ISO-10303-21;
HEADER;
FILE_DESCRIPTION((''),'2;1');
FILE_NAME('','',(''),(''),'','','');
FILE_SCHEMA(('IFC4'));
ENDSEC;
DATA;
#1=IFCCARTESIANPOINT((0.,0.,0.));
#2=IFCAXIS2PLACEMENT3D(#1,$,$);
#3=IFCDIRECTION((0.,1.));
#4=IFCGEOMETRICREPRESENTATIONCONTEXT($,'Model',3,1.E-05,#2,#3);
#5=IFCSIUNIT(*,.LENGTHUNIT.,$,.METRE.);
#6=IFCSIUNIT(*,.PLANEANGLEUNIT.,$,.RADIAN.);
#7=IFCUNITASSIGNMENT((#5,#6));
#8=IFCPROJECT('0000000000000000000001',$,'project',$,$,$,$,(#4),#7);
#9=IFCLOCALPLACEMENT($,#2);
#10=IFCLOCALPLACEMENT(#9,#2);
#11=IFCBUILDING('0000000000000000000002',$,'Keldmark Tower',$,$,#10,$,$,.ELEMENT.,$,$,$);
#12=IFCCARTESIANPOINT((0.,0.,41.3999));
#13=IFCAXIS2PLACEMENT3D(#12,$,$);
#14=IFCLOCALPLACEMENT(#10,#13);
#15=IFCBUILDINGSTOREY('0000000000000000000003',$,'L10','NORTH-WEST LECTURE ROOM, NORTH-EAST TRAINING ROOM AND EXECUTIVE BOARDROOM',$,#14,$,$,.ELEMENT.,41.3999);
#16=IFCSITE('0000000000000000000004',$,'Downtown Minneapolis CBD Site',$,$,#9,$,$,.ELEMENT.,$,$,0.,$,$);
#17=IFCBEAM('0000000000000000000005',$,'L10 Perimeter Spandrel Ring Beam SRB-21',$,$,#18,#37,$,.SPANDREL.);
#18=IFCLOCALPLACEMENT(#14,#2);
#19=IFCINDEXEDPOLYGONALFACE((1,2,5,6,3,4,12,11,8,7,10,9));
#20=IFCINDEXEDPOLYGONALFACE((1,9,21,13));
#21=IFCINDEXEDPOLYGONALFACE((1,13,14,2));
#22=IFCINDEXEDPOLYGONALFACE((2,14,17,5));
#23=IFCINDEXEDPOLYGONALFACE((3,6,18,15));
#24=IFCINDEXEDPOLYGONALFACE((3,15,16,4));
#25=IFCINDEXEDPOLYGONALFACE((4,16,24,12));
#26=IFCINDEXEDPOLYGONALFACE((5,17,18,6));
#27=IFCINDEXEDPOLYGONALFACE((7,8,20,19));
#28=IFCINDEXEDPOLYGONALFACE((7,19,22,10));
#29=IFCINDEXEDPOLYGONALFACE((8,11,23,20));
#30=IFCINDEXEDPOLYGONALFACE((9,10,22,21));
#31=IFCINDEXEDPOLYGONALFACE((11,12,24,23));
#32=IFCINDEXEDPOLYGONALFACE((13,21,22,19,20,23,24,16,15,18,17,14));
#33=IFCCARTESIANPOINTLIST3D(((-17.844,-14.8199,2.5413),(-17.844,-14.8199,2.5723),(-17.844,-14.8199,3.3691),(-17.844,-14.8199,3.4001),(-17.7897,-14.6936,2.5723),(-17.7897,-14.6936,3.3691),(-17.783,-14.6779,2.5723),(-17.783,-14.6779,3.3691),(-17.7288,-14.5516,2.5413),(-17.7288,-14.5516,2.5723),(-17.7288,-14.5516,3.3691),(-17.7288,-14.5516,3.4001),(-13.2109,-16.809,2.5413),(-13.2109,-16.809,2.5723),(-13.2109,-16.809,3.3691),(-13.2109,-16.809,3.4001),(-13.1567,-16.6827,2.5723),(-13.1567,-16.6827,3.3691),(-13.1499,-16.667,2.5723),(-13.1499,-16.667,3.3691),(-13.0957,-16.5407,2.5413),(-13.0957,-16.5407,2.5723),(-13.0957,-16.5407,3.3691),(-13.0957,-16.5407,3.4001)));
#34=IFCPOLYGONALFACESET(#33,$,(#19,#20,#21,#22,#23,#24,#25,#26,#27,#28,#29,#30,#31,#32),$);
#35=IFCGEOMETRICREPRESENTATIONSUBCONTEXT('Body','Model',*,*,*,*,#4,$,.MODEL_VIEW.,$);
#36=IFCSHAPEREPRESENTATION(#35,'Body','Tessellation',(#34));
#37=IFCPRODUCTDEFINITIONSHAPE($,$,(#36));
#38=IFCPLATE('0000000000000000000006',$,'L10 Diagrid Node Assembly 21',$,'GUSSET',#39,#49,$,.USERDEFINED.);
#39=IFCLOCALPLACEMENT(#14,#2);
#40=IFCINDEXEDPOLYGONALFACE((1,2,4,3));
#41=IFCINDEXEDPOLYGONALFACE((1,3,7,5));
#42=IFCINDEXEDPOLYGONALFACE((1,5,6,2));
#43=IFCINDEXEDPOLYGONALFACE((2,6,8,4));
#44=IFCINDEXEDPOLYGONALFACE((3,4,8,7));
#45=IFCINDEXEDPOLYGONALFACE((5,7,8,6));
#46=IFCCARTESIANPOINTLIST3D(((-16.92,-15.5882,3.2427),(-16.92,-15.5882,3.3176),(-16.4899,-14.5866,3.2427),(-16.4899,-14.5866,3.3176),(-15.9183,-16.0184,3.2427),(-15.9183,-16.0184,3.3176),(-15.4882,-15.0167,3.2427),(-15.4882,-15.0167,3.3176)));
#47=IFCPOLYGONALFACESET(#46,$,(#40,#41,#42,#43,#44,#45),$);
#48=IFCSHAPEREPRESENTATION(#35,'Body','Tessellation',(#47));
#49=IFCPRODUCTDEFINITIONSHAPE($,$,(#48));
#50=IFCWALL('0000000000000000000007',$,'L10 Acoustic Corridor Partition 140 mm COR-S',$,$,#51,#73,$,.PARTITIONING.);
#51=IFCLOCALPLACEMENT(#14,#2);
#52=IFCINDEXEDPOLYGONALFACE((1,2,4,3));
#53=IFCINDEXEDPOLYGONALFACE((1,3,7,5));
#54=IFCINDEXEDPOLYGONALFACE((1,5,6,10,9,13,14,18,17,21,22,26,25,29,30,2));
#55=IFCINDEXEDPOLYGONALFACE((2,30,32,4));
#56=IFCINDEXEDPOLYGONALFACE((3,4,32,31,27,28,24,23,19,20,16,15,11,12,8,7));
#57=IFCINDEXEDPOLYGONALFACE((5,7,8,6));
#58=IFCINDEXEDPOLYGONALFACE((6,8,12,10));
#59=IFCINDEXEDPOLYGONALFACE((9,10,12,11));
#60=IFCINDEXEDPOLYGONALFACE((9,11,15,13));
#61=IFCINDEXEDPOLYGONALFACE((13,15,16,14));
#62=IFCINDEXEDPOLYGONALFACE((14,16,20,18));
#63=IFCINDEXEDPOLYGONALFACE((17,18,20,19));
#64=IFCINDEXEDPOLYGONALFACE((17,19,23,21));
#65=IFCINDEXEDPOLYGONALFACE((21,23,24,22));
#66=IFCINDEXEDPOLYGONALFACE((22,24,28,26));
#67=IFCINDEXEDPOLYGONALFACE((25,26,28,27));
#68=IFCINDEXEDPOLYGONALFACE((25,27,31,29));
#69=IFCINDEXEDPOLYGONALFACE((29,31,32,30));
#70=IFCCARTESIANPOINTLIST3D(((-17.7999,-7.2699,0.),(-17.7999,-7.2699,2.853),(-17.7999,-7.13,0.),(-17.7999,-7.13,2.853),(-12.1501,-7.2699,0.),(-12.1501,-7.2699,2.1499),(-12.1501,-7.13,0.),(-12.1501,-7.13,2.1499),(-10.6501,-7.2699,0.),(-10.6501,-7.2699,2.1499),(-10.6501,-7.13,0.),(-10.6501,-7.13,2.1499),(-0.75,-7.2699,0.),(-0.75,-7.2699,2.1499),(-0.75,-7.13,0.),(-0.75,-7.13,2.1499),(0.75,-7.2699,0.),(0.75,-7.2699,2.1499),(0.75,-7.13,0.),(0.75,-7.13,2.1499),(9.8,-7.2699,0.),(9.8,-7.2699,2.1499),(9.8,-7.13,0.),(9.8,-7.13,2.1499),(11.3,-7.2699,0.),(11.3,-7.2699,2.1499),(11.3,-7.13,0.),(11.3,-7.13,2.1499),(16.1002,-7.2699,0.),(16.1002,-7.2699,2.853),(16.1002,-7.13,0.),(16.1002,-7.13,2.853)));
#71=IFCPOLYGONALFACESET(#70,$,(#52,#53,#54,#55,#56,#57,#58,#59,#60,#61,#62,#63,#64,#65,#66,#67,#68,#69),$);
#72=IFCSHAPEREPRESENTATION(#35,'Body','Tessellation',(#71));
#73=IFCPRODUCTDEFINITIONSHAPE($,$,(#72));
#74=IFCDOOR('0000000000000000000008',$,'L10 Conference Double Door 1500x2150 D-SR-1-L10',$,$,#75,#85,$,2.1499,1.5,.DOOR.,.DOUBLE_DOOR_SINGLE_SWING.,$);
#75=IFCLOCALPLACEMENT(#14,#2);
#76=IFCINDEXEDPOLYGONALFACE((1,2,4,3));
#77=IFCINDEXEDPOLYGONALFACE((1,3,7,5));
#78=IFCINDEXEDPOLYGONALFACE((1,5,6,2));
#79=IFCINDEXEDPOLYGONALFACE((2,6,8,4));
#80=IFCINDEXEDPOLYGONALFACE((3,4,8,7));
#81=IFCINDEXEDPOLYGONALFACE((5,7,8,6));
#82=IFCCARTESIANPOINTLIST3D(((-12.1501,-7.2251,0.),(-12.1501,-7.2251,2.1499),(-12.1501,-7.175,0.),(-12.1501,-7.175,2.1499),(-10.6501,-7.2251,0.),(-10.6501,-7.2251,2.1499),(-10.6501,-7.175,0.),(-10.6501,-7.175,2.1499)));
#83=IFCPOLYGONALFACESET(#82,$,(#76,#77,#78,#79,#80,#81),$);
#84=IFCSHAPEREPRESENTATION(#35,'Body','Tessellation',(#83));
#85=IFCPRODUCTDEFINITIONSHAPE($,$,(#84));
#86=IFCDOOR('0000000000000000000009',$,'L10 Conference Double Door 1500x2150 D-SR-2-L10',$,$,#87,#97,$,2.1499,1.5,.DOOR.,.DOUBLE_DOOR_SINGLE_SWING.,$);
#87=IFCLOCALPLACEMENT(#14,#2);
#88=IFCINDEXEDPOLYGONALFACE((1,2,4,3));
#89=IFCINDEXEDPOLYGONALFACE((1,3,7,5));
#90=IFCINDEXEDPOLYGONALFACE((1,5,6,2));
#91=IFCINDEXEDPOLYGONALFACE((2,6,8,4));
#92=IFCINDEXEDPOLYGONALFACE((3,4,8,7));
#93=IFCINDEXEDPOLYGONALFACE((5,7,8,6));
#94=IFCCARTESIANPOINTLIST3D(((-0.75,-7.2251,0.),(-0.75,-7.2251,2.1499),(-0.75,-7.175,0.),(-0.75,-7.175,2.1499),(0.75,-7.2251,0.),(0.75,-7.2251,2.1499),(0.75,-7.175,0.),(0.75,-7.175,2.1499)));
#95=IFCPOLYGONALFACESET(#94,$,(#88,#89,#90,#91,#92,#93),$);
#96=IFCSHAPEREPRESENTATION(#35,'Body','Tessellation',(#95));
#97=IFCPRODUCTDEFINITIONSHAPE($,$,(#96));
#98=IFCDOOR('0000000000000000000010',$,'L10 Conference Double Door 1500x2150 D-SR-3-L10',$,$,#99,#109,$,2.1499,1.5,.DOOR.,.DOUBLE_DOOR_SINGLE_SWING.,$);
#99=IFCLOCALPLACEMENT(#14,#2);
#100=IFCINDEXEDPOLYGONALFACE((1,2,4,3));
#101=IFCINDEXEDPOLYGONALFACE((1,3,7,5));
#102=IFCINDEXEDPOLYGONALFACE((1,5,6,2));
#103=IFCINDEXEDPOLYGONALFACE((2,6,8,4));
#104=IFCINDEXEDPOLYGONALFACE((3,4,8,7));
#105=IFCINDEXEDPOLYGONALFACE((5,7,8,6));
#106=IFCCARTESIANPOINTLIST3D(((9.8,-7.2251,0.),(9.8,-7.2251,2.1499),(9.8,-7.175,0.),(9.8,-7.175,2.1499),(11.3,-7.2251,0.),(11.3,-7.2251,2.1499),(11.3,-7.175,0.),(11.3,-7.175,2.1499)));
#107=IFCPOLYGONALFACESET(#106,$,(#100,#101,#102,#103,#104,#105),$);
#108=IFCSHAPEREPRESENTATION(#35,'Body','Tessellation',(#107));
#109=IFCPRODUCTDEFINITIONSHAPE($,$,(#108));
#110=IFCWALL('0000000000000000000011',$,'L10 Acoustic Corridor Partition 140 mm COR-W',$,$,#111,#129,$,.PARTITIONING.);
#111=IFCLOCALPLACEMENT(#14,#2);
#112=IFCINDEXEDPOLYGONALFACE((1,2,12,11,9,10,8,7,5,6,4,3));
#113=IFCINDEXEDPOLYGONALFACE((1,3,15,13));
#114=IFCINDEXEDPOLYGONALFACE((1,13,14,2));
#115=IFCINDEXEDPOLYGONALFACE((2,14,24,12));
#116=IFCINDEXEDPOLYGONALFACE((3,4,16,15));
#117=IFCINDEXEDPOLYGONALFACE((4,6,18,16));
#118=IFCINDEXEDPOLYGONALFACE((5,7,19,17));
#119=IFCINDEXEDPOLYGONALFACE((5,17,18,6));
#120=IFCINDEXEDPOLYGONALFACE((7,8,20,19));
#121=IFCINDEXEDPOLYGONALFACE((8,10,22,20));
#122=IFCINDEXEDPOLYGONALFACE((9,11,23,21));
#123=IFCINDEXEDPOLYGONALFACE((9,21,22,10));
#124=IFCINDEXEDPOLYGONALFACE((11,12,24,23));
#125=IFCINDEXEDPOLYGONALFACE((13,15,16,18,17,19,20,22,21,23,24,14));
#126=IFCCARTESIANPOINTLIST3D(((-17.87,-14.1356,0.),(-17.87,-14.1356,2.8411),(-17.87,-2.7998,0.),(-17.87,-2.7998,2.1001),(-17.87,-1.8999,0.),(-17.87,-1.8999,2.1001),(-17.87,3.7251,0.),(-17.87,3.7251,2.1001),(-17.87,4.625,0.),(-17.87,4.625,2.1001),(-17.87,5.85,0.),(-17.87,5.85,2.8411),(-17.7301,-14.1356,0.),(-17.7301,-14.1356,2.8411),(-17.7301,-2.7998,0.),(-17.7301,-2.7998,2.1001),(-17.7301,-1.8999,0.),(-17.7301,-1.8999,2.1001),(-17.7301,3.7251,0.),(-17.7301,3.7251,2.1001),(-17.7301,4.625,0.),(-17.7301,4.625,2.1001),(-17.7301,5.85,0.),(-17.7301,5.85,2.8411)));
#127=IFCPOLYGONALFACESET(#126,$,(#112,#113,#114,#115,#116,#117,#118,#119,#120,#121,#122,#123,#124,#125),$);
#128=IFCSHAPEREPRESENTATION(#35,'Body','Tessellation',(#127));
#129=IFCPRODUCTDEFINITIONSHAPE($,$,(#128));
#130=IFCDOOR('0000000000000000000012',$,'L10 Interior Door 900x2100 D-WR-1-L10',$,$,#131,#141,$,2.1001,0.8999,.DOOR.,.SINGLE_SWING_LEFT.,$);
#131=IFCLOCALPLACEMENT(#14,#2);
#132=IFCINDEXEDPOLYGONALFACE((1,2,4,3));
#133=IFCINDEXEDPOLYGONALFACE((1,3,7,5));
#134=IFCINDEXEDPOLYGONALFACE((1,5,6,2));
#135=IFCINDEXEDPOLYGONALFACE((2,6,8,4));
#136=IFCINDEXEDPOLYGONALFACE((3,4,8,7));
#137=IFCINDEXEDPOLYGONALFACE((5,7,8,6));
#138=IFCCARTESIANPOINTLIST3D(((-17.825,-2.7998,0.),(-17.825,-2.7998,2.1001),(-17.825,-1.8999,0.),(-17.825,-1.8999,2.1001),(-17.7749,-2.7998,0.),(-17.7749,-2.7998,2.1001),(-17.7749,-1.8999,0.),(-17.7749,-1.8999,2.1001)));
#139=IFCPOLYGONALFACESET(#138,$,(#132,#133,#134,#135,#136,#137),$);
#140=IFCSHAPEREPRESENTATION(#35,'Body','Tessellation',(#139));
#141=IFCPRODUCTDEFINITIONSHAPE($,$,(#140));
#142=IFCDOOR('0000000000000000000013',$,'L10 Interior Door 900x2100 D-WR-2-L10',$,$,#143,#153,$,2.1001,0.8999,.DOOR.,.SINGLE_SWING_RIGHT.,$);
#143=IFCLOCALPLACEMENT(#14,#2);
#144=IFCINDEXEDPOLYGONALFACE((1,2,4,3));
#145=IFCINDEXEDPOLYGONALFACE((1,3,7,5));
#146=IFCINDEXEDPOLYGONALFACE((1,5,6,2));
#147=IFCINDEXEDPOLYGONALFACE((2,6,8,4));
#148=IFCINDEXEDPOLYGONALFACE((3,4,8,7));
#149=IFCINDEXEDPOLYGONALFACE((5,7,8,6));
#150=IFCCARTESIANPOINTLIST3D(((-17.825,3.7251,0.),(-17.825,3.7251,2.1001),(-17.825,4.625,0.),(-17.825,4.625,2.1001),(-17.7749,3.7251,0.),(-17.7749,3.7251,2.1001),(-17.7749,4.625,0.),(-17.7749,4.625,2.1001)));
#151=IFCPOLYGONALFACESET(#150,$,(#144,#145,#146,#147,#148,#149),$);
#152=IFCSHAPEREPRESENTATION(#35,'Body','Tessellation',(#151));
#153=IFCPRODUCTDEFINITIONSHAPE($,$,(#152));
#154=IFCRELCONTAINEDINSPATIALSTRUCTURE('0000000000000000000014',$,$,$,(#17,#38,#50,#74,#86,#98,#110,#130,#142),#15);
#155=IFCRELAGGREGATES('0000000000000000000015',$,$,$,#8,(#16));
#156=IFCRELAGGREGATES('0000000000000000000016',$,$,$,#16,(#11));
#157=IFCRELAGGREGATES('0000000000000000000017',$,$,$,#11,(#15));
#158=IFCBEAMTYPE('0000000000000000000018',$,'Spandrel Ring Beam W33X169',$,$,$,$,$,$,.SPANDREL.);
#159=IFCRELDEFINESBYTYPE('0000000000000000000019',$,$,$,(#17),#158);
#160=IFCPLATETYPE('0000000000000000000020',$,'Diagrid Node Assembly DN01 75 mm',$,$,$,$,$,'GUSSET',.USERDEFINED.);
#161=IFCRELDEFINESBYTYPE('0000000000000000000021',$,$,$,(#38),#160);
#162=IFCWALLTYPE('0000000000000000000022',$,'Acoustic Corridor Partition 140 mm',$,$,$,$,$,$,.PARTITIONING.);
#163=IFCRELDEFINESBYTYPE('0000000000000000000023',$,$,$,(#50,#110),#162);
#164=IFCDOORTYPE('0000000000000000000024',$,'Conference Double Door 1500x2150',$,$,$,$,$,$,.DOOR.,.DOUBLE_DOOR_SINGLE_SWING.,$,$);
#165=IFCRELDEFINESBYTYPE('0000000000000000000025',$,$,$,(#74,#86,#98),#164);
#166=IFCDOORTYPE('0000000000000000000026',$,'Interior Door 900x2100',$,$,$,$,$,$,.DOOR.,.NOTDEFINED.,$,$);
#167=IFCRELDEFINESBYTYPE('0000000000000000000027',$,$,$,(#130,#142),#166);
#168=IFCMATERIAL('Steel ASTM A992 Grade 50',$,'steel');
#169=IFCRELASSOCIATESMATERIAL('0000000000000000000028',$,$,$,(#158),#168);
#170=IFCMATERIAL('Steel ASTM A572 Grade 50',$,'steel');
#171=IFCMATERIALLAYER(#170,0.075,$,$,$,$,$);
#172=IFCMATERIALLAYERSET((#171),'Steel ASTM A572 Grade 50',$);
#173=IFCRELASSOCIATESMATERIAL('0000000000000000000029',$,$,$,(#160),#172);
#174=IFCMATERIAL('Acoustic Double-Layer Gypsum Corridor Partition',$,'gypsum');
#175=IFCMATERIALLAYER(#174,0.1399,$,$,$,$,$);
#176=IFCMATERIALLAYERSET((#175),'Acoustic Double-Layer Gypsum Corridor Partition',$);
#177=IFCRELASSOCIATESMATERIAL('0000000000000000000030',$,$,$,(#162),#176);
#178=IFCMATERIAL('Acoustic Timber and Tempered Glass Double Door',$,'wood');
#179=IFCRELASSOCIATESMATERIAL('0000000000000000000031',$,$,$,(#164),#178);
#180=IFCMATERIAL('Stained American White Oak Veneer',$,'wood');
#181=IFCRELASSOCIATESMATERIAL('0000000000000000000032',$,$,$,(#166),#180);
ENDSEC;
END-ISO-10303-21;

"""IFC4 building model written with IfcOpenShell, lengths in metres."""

from ifc_helpers import new_model, si_unit, direction, frame, frame_2d, origin, origin_2d, place, context, subcontext, project, spatial, rectangle, i_section, extrude, material, layer, layer_set, material_profile, profile_set, type_object, element, fill, save


model = new_model("IFC4")

# Units and contexts
model_context = context("Model", 3, precision=1e-05, world=origin(), true_north=direction((0.0, 1.0)))
body_context = subcontext(model_context, "Body", "Model", "MODEL_VIEW")
ifc_project = project(units=[si_unit("LENGTHUNIT", "METRE"), si_unit("PLANEANGLEUNIT", "RADIAN")], contexts=[model_context])

# Site, building, storey
site_placement = place(None, origin())
site = spatial("IfcSite", under=ifc_project, at=site_placement, Name="Downtown Minneapolis CBD Site", CompositionType="ELEMENT", RefElevation=0.0)
building_placement = place(site_placement, origin())
building = spatial("IfcBuilding", under=site, at=building_placement, Name="Keldmark Tower", CompositionType="ELEMENT")
storey_placement = place(building_placement, frame((0.0, 0.0, 41.3999)))
storey = spatial("IfcBuildingStorey", under=building, at=storey_placement, Name="L10", Description="NORTH-WEST LECTURE ROOM, NORTH-EAST TRAINING ROOM AND EXECUTIVE BOARDROOM", CompositionType="ELEMENT", Elevation=41.3999)

# Beam
ifc_material_1 = material(Name="Steel ASTM A992 Grade 50", Category="steel")
ifc_material_profile_1 = material_profile(ifc_material_1, i_section(OverallWidth=0.292, OverallDepth=0.8589, WebThickness=0.0171, FlangeThickness=0.031, at=origin_2d()), Name="W33X169")
ifc_profile_set_1 = profile_set([ifc_material_profile_1], Name="Steel ASTM A992 Grade 50")
beam_type_1 = type_object("IfcBeamType", Name="Spandrel Ring Beam W33X169", PredefinedType="SPANDREL", material=ifc_profile_set_1)
beam_1_placement = place(storey_placement, frame((-17.7864, -14.6858, 2.9707), z_axis=(0.918899, -0.394492, 0.0), x_axis=(0.394492, 0.918899, 0.0)))
element("IfcBeam", 1, at=beam_1_placement, inside=storey, type_object=beam_type_1, Name="L10 Perimeter Spandrel Ring Beam SRB-21", PredefinedType="SPANDREL", context=body_context, shape_type="SweptSolid", body=[
    extrude(i_section(OverallWidth=0.292, OverallDepth=0.8589, WebThickness=0.0171, FlangeThickness=0.031, at=origin_2d()), origin(), (0.0, 0.0, 1.0), 5.042),
])

# Plate
ifc_material_2 = material(Name="Steel ASTM A572 Grade 50", Category="steel")
ifc_layer_1 = layer(ifc_material_2, 0.075)
ifc_layer_set_1 = layer_set([ifc_layer_1], Name="Steel ASTM A572 Grade 50")
plate_type = type_object("IfcPlateType", Name="Diagrid Node Assembly DN01 75 mm", ElementType="GUSSET", PredefinedType="USERDEFINED", material=ifc_layer_set_1)
plate_placement = place(storey_placement, frame((-16.2041, -15.3025, 3.2427), z_axis=(0.0, 0.0, 1.0), x_axis=(0.91886, -0.394583, 0.0)))
element("IfcPlate", 2, at=plate_placement, inside=storey, type_object=plate_type, Name="L10 Diagrid Node Assembly 21", ObjectType="GUSSET", PredefinedType="USERDEFINED", context=body_context, shape_type="SweptSolid", body=[
    extrude(rectangle(XDim=1.0901, YDim=1.0901, at=origin_2d()), origin(), (0.0, 0.0, 1.0), 0.075),
])

# Walls, openings, doors
ifc_material_3 = material(Name="Acoustic Double-Layer Gypsum Corridor Partition", Category="gypsum")
ifc_layer_2 = layer(ifc_material_3, 0.1399)
ifc_layer_set_2 = layer_set([ifc_layer_2], Name="Acoustic Double-Layer Gypsum Corridor Partition")
wall_type_1 = type_object("IfcWallType", Name="Acoustic Corridor Partition 140 mm", PredefinedType="PARTITIONING", material=ifc_layer_set_2)
wall_1_placement = place(storey_placement, frame((-17.8, -7.2, 0.0), z_axis=(0.0, 0.0, 1.0), x_axis=(1.0, 0.0, 0.0)))
wall_1 = element("IfcWall", 3, at=wall_1_placement, inside=storey, type_object=wall_type_1, Name="L10 Acoustic Corridor Partition 140 mm COR-S", PredefinedType="PARTITIONING", context=body_context, shape_type="SweptSolid", body=[
    extrude(rectangle(XDim=33.9001, YDim=0.1399, at=frame_2d((16.9502, 0.0))), origin(), (0.0, 0.0, 1.0), 2.853),
])
opening_1_placement = place(wall_1_placement, frame((5.6499, 0.0, 0.0)))
opening_1 = element("IfcOpeningElement", 4, at=opening_1_placement, cuts=wall_1, PredefinedType="OPENING", context=body_context, shape_type="SweptSolid", body=[
    extrude(rectangle(XDim=1.5, YDim=2.1499, at=frame_2d((0.75, 1.075))), frame((0.0, 0.0798, 0.0), z_axis=(0.0, -1.0, 0.0), x_axis=(1.0, 0.0, 0.0)), (0.0, 0.0, 1.0), 0.1599),
])
opening_2_placement = place(wall_1_placement, frame((17.05, 0.0, 0.0)))
opening_2 = element("IfcOpeningElement", 5, at=opening_2_placement, cuts=wall_1, PredefinedType="OPENING", context=body_context, shape_type="SweptSolid", body=[
    extrude(rectangle(XDim=1.5, YDim=2.1499, at=frame_2d((0.75, 1.075))), frame((0.0, 0.0798, 0.0), z_axis=(0.0, -1.0, 0.0), x_axis=(1.0, 0.0, 0.0)), (0.0, 0.0, 1.0), 0.1599),
])
opening_3_placement = place(wall_1_placement, frame((27.6001, 0.0, 0.0)))
opening_3 = element("IfcOpeningElement", 6, at=opening_3_placement, cuts=wall_1, PredefinedType="OPENING", context=body_context, shape_type="SweptSolid", body=[
    extrude(rectangle(XDim=1.5, YDim=2.1499, at=frame_2d((0.75, 1.075))), frame((0.0, 0.0798, 0.0), z_axis=(0.0, -1.0, 0.0), x_axis=(1.0, 0.0, 0.0)), (0.0, 0.0, 1.0), 0.1599),
])
ifc_material_4 = material(Name="Acoustic Timber and Tempered Glass Double Door", Category="wood")
door_type_1 = type_object("IfcDoorType", Name="Conference Double Door 1500x2150", OperationType="DOUBLE_DOOR_SINGLE_SWING", PredefinedType="DOOR", material=ifc_material_4)
door_1_placement = place(opening_1_placement, origin())
door_1 = element("IfcDoor", 7, at=door_1_placement, inside=storey, type_object=door_type_1, Name="L10 Conference Double Door 1500x2150 D-SR-1-L10", OperationType="DOUBLE_DOOR_SINGLE_SWING", OverallHeight=2.1499, OverallWidth=1.5, PredefinedType="DOOR", context=body_context, shape_type="SweptSolid", body=[
    extrude(rectangle(XDim=1.5, YDim=2.1499, at=frame_2d((0.75, 1.075))), frame((0.0, 0.0249, 0.0), z_axis=(0.0, -1.0, 0.0), x_axis=(1.0, 0.0, 0.0)), (0.0, 0.0, 1.0), 0.05),
])
fill(opening_1, door_1)
door_2_placement = place(opening_2_placement, origin())
door_2 = element("IfcDoor", 8, at=door_2_placement, inside=storey, type_object=door_type_1, Name="L10 Conference Double Door 1500x2150 D-SR-2-L10", OperationType="DOUBLE_DOOR_SINGLE_SWING", OverallHeight=2.1499, OverallWidth=1.5, PredefinedType="DOOR", context=body_context, shape_type="SweptSolid", body=[
    extrude(rectangle(XDim=1.5, YDim=2.1499, at=frame_2d((0.75, 1.075))), frame((0.0, 0.0249, 0.0), z_axis=(0.0, -1.0, 0.0), x_axis=(1.0, 0.0, 0.0)), (0.0, 0.0, 1.0), 0.05),
])
fill(opening_2, door_2)
door_3_placement = place(opening_3_placement, origin())
door_3 = element("IfcDoor", 9, at=door_3_placement, inside=storey, type_object=door_type_1, Name="L10 Conference Double Door 1500x2150 D-SR-3-L10", OperationType="DOUBLE_DOOR_SINGLE_SWING", OverallHeight=2.1499, OverallWidth=1.5, PredefinedType="DOOR", context=body_context, shape_type="SweptSolid", body=[
    extrude(rectangle(XDim=1.5, YDim=2.1499, at=frame_2d((0.75, 1.075))), frame((0.0, 0.0249, 0.0), z_axis=(0.0, -1.0, 0.0), x_axis=(1.0, 0.0, 0.0)), (0.0, 0.0, 1.0), 0.05),
])
fill(opening_3, door_3)
wall_2_placement = place(storey_placement, frame((-17.8, -14.1355, 0.0), z_axis=(0.0, 0.0, 1.0), x_axis=(0.0, 1.0, 0.0)))
wall_2 = element("IfcWall", 10, at=wall_2_placement, inside=storey, type_object=wall_type_1, Name="L10 Acoustic Corridor Partition 140 mm COR-W", PredefinedType="PARTITIONING", context=body_context, shape_type="SweptSolid", body=[
    extrude(rectangle(XDim=19.9856, YDim=0.1399, at=frame_2d((9.9927, 0.0))), origin(), (0.0, 0.0, 1.0), 2.8411),
])
opening_4_placement = place(wall_2_placement, frame((11.3357, 0.0, 0.0)))
opening_4 = element("IfcOpeningElement", 11, at=opening_4_placement, cuts=wall_2, PredefinedType="OPENING", context=body_context, shape_type="SweptSolid", body=[
    extrude(rectangle(XDim=0.8999, YDim=2.1001, at=frame_2d((0.45, 1.05))), frame((0.0, 0.0798, 0.0), z_axis=(0.0, -1.0, 0.0), x_axis=(1.0, 0.0, 0.0)), (0.0, 0.0, 1.0), 0.1599),
])
opening_5_placement = place(wall_2_placement, frame((17.8606, 0.0, 0.0)))
opening_5 = element("IfcOpeningElement", 12, at=opening_5_placement, cuts=wall_2, PredefinedType="OPENING", context=body_context, shape_type="SweptSolid", body=[
    extrude(rectangle(XDim=0.8999, YDim=2.1001, at=frame_2d((0.45, 1.05))), frame((0.0, 0.0798, 0.0), z_axis=(0.0, -1.0, 0.0), x_axis=(1.0, 0.0, 0.0)), (0.0, 0.0, 1.0), 0.1599),
])
ifc_material_5 = material(Name="Stained American White Oak Veneer", Category="wood")
door_type_2 = type_object("IfcDoorType", Name="Interior Door 900x2100", OperationType="NOTDEFINED", PredefinedType="DOOR", material=ifc_material_5)
door_4_placement = place(opening_4_placement, origin())
door_4 = element("IfcDoor", 13, at=door_4_placement, inside=storey, type_object=door_type_2, Name="L10 Interior Door 900x2100 D-WR-1-L10", OperationType="SINGLE_SWING_LEFT", OverallHeight=2.1001, OverallWidth=0.8999, PredefinedType="DOOR", context=body_context, shape_type="SweptSolid", body=[
    extrude(rectangle(XDim=0.8999, YDim=2.1001, at=frame_2d((0.45, 1.05))), frame((0.0, 0.0249, 0.0), z_axis=(0.0, -1.0, 0.0), x_axis=(1.0, 0.0, 0.0)), (0.0, 0.0, 1.0), 0.05),
])
fill(opening_4, door_4)
door_5_placement = place(opening_5_placement, origin())
door_5 = element("IfcDoor", 14, at=door_5_placement, inside=storey, type_object=door_type_2, Name="L10 Interior Door 900x2100 D-WR-2-L10", OperationType="SINGLE_SWING_RIGHT", OverallHeight=2.1001, OverallWidth=0.8999, PredefinedType="DOOR", context=body_context, shape_type="SweptSolid", body=[
    extrude(rectangle(XDim=0.8999, YDim=2.1001, at=frame_2d((0.45, 1.05))), frame((0.0, 0.0249, 0.0), z_axis=(0.0, -1.0, 0.0), x_axis=(1.0, 0.0, 0.0)), (0.0, 0.0, 1.0), 0.05),
])
fill(opening_5, door_5)

save(model, "model.ifc")
